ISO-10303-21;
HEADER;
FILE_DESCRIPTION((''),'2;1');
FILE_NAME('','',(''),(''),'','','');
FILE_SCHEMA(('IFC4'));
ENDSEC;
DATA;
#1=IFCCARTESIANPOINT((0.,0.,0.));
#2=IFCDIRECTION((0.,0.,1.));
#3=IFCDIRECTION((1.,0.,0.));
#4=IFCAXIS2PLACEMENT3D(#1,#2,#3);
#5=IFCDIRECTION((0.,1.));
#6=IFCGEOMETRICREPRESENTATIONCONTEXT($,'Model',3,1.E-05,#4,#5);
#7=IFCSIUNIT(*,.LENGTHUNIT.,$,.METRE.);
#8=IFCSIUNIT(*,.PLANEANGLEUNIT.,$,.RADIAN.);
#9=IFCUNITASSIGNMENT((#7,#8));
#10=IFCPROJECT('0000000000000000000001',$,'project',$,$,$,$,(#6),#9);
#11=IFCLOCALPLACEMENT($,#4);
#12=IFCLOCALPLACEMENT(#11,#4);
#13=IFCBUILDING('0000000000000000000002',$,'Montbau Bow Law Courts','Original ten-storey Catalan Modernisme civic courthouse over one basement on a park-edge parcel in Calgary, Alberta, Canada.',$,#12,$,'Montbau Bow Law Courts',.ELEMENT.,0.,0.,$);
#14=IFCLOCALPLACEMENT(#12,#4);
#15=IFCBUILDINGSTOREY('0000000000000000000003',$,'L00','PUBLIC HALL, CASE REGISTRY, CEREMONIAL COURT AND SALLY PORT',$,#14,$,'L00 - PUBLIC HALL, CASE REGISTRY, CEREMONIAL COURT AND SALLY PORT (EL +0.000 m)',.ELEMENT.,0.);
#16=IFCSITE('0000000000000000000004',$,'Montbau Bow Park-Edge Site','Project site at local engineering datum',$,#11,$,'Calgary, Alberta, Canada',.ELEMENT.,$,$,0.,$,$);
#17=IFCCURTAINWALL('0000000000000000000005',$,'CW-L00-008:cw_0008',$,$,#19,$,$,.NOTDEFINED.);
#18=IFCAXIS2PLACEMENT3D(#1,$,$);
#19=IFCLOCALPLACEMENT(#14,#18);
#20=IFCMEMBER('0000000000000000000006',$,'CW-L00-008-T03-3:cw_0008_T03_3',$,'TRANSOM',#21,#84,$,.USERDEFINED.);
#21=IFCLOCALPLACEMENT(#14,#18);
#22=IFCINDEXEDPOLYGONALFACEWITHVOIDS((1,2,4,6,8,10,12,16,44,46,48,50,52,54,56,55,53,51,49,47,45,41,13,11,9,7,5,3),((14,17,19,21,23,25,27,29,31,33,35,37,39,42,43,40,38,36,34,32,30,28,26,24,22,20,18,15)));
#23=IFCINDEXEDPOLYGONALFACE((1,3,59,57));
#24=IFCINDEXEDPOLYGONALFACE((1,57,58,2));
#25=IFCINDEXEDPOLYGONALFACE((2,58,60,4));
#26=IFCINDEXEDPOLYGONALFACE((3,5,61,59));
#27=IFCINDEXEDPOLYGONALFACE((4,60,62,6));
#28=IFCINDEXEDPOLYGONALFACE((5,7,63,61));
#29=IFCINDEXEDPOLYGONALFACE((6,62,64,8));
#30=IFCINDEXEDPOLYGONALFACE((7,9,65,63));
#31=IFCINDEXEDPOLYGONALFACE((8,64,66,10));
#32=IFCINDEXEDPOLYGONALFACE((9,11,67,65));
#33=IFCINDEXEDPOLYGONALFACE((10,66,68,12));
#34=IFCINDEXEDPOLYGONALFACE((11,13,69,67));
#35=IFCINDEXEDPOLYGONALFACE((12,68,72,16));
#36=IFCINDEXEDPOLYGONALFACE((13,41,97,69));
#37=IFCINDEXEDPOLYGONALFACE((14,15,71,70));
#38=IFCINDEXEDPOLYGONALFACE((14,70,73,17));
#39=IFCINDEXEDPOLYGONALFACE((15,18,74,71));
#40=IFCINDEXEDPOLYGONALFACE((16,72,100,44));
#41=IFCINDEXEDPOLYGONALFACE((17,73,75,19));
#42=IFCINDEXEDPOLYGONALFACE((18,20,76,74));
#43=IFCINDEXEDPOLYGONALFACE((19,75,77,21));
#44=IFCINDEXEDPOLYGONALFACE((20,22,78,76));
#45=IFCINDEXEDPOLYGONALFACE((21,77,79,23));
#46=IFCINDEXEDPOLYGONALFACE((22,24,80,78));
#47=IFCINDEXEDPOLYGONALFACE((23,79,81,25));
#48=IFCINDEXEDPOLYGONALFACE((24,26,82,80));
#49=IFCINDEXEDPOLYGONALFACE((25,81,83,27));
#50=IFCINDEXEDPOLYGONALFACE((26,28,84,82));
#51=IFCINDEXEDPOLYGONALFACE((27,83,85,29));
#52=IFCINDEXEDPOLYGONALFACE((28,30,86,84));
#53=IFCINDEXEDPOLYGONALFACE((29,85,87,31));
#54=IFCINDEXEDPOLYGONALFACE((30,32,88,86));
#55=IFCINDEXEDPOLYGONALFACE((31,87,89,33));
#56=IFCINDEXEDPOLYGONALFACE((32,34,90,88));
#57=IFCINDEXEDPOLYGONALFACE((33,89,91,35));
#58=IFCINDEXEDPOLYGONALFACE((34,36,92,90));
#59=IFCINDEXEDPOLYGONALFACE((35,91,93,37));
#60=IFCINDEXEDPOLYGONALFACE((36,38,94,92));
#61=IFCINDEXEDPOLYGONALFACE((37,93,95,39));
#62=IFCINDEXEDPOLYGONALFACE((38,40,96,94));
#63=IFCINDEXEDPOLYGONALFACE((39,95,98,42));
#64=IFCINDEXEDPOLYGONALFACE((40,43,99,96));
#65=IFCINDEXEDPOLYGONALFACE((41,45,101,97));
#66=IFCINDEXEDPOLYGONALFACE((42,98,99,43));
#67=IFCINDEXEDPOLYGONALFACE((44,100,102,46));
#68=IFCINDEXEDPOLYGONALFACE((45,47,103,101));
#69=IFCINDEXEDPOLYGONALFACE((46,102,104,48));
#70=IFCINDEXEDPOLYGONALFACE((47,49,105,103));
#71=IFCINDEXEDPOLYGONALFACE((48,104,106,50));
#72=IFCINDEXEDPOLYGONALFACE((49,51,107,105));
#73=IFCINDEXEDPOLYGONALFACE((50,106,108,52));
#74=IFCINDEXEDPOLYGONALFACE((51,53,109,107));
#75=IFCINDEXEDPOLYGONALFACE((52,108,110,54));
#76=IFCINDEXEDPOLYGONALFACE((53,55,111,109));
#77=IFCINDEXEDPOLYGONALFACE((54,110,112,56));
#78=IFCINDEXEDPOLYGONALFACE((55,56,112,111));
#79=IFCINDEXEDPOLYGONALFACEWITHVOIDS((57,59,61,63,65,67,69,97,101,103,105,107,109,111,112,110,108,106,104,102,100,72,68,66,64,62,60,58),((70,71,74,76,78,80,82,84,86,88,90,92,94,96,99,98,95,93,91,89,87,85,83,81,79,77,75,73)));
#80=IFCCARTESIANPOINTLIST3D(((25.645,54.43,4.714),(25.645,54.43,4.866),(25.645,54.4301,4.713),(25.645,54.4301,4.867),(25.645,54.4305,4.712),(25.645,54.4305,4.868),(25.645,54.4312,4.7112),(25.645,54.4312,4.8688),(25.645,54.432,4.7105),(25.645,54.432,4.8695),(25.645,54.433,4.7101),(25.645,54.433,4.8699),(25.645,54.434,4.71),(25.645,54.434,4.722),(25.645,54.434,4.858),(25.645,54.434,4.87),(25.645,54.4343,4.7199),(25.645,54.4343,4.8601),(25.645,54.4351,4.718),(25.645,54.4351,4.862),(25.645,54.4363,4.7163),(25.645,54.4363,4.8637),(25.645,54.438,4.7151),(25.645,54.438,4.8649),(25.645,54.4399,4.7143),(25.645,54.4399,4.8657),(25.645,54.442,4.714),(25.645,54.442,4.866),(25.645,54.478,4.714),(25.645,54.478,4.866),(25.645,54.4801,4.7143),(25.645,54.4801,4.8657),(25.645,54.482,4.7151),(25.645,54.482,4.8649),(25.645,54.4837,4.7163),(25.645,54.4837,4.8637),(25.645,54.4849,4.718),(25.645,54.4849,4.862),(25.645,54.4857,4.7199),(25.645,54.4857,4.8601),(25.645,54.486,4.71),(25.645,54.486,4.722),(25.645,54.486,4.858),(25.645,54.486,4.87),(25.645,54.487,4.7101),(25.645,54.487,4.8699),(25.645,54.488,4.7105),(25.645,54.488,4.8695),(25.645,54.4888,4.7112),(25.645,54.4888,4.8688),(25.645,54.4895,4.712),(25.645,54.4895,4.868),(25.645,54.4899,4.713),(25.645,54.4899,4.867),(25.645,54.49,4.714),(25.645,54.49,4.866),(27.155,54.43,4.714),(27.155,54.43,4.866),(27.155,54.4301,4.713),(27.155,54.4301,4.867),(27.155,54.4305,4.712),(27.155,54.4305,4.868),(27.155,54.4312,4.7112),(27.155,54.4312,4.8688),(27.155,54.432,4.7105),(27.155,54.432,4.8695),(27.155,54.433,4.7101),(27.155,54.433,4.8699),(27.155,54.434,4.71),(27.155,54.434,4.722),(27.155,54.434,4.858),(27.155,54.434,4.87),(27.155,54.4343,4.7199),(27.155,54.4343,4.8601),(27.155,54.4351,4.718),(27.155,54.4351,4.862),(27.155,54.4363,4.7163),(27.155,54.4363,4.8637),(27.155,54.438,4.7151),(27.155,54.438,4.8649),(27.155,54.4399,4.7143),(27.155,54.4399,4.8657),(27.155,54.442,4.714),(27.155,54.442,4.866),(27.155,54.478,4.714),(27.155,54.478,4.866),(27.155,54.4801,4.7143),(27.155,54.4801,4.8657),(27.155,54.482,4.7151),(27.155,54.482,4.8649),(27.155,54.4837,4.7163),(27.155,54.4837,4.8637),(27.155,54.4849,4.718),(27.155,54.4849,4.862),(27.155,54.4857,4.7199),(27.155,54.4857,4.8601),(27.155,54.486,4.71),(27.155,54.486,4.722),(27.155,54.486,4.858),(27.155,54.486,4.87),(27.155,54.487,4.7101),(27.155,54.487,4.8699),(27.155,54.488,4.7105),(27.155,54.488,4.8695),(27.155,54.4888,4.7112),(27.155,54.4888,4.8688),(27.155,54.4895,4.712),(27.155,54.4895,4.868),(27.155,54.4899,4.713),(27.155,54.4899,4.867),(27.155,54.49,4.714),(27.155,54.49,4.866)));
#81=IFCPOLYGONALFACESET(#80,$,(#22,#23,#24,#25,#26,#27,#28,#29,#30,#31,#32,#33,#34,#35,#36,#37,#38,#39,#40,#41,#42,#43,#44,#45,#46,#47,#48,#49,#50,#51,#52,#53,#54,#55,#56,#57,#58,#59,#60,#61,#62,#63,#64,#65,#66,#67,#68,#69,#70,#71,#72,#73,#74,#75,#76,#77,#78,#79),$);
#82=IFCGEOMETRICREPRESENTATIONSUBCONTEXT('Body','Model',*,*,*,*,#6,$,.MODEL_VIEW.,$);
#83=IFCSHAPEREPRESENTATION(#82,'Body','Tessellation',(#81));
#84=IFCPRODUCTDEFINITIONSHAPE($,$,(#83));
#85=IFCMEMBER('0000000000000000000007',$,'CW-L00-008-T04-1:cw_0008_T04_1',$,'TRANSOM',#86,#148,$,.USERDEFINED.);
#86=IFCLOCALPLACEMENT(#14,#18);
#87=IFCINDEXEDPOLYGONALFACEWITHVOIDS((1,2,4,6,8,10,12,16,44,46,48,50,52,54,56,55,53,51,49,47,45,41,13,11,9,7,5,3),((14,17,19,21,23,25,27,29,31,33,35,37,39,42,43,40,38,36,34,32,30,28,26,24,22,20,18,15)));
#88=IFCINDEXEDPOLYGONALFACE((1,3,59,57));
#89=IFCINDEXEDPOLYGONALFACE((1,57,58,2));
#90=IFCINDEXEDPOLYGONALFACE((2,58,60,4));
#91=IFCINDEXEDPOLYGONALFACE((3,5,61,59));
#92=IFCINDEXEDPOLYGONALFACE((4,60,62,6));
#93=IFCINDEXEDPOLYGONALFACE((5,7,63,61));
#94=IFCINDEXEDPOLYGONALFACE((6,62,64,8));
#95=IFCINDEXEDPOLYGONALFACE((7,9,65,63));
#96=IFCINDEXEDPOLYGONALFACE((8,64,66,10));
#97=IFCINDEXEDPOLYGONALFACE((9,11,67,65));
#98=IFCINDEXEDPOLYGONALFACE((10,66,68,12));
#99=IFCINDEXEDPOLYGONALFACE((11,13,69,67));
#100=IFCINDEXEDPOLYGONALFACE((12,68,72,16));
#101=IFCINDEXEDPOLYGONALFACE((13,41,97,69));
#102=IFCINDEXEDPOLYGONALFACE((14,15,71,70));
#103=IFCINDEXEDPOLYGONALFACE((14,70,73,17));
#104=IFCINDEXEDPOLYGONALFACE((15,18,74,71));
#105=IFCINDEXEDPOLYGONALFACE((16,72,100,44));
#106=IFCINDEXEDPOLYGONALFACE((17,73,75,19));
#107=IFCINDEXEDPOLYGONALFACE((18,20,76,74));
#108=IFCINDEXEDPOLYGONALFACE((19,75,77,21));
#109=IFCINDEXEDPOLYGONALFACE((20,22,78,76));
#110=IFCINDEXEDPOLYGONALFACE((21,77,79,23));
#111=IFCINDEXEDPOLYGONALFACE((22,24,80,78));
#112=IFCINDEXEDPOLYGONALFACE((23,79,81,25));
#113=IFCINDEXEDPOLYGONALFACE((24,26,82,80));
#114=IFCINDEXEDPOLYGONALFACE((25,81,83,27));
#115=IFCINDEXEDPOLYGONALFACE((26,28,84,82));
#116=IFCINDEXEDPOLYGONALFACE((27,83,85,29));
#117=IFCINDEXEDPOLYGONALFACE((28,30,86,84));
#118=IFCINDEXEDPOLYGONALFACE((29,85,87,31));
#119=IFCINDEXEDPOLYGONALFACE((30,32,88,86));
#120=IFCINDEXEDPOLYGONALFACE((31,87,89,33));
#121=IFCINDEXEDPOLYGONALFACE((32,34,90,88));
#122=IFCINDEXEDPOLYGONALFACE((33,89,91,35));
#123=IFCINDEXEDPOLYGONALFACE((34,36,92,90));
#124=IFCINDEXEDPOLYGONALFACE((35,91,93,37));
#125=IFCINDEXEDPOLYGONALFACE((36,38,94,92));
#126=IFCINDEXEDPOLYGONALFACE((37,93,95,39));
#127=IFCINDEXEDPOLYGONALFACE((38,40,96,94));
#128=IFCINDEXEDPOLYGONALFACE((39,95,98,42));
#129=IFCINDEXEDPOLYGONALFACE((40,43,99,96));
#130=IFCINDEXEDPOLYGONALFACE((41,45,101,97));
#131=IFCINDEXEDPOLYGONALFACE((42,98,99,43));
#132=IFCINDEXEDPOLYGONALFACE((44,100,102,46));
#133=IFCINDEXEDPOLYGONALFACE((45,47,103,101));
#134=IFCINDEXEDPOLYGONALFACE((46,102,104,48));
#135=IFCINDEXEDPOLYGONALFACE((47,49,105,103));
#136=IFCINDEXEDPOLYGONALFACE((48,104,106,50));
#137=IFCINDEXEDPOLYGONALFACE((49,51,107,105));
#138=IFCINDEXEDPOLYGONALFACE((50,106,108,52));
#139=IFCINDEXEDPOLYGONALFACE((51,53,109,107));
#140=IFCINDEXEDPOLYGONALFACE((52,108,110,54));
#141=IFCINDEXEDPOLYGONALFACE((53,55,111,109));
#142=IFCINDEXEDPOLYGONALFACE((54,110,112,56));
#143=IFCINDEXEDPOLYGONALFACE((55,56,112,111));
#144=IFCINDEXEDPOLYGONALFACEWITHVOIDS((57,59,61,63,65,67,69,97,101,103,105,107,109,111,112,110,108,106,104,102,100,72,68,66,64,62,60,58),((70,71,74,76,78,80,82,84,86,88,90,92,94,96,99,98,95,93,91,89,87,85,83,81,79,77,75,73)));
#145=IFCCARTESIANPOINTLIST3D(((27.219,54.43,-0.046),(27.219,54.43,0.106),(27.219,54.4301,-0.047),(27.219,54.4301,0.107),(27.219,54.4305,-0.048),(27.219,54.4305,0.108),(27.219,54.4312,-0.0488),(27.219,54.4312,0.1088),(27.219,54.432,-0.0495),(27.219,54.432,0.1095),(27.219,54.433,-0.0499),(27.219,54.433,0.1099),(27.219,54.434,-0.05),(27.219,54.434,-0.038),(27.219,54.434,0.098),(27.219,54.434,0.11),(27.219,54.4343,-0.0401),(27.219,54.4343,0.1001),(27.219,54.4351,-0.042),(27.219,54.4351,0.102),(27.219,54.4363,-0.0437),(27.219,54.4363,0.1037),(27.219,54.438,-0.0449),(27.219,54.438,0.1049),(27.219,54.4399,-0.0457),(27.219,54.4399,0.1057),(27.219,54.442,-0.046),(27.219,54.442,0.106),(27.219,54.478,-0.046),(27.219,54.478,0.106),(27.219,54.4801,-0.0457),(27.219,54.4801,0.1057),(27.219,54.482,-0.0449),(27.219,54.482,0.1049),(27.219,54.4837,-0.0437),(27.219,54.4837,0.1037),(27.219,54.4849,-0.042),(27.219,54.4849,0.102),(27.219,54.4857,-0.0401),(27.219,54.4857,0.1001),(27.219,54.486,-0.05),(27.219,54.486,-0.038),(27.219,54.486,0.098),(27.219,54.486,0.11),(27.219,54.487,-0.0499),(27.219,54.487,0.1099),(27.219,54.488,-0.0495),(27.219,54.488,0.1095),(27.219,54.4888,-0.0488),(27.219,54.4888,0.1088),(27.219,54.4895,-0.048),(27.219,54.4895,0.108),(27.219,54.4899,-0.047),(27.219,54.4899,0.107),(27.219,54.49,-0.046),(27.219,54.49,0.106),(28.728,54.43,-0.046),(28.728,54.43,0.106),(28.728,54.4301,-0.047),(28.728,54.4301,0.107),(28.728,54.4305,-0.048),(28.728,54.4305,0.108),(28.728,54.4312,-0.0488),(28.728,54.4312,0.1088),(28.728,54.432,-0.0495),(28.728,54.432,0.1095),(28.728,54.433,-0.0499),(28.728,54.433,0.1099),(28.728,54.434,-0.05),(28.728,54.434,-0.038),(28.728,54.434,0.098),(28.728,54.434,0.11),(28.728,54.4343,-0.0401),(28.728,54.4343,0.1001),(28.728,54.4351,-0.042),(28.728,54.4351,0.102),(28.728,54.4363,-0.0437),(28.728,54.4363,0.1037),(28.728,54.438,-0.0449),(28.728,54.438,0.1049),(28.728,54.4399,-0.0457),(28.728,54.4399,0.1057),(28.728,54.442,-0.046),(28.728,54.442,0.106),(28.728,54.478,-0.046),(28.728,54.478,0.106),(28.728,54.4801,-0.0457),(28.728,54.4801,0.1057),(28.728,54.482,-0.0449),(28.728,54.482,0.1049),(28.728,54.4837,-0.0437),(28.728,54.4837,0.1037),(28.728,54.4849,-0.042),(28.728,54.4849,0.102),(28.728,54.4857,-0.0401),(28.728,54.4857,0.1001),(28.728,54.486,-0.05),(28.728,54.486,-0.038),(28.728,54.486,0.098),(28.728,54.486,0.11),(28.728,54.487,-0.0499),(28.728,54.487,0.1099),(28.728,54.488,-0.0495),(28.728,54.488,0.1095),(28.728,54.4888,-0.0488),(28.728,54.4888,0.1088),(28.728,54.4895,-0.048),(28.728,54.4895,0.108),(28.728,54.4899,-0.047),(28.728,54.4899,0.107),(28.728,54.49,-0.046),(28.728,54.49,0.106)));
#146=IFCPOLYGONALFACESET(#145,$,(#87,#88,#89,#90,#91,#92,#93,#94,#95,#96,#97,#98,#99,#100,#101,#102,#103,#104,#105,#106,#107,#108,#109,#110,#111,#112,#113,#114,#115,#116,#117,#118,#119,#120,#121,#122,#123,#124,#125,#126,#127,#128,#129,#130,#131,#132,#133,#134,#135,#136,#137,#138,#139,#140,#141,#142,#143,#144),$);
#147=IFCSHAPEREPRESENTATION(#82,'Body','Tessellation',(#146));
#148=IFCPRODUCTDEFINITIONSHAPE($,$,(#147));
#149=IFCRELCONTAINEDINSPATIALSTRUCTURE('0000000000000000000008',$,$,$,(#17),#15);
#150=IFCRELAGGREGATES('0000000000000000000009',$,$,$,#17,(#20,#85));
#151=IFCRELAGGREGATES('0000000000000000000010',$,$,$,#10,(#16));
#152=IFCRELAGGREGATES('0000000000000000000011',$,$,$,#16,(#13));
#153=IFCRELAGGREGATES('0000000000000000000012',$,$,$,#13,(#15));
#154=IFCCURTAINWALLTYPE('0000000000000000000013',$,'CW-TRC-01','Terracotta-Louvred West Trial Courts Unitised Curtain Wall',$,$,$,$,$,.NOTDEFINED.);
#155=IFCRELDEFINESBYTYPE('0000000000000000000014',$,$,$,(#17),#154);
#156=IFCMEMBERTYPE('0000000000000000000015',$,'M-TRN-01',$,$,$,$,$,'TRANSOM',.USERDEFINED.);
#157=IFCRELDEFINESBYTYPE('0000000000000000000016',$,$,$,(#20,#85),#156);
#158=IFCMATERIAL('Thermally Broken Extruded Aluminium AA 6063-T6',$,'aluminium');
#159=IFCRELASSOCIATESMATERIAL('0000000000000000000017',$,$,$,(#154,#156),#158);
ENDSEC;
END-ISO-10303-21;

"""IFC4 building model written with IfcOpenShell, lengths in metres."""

from ifc_helpers import new_model, si_unit, direction, frame, origin_with_axes, origin_2d_with_axis, place, context, subcontext, project, spatial, hollow_rectangle, extrude, material, material_profile, profile_set, type_object, element, aggregate, save


model = new_model("IFC4")

# Units and contexts
model_context = context("Model", 3, precision=1e-05, world=origin_with_axes(), true_north=direction((0.0, 1.0)))
body_context = subcontext(model_context, "Body", "Model", "MODEL_VIEW")
ifc_project = project(units=[si_unit("LENGTHUNIT", "METRE"), si_unit("PLANEANGLEUNIT", "RADIAN")], contexts=[model_context])

# Site, building, storey
site_placement = place(None, origin_with_axes())
site = spatial("IfcSite", under=ifc_project, at=site_placement, Name="Montbau Bow Park-Edge Site", Description="Project site at local engineering datum", LongName="Calgary, Alberta, Canada", CompositionType="ELEMENT", RefElevation=0.0)
building_placement = place(site_placement, origin_with_axes())
building = spatial("IfcBuilding", under=site, at=building_placement, Name="Montbau Bow Law Courts", Description="Original ten-storey Catalan Modernisme civic courthouse over one basement on a park-edge parcel in Calgary, Alberta, Canada.", LongName="Montbau Bow Law Courts", CompositionType="ELEMENT", ElevationOfRefHeight=0.0, ElevationOfTerrain=0.0)
storey_placement = place(building_placement, origin_with_axes())
storey = spatial("IfcBuildingStorey", under=building, at=storey_placement, Name="L00", Description="PUBLIC HALL, CASE REGISTRY, CEREMONIAL COURT AND SALLY PORT", LongName="L00 - PUBLIC HALL, CASE REGISTRY, CEREMONIAL COURT AND SALLY PORT (EL +0.000 m)", CompositionType="ELEMENT", Elevation=0.0)

# Curtain wall, members
ifc_material_1 = material(Name="Thermally Broken Extruded Aluminium AA 6063-T6", Category="aluminium")
curtain_wall_type = type_object("IfcCurtainWallType", Name="CW-TRC-01", Description="Terracotta-Louvred West Trial Courts Unitised Curtain Wall", PredefinedType="NOTDEFINED", material=ifc_material_1)
curtain_wall_1_placement = place(None, frame((22.467, 54.46, 0.0), z_axis=(0.0, 0.0, 1.0), x_axis=(1.0, 0.0, 0.0)))
curtain_wall_1 = element("IfcCurtainWall", 1, at=curtain_wall_1_placement, inside=storey, type_object=curtain_wall_type, Name="CW-L00-008:cw_0008", PredefinedType="NOTDEFINED")
ifc_material_profile_1 = material_profile(ifc_material_1, hollow_rectangle(XDim=0.06, YDim=0.16, WallThickness=0.004, InnerFilletRadius=0.008, OuterFilletRadius=0.004, at=origin_2d_with_axis()), Name="CWT-160X60", Category="Main", Priority=0)
ifc_profile_set_1 = profile_set([ifc_material_profile_1], Name="Thermally Broken Extruded Aluminium AA 6063-T6")
member_type_1 = type_object("IfcMemberType", Name="M-TRN-01", ElementType="TRANSOM", PredefinedType="USERDEFINED", material=ifc_profile_set_1)
member_1_placement = place(None, frame((25.645, 54.46, 4.79), z_axis=(1.0, 0.0, 0.0), x_axis=(0.0, 1.0, 0.0)))
member_1 = element("IfcMember", 2, at=member_1_placement, type_object=member_type_1, Name="CW-L00-008-T03-3:cw_0008_T03_3", ObjectType="TRANSOM", PredefinedType="USERDEFINED", context=body_context, shape_type="SweptSolid", body=[
    extrude(hollow_rectangle(XDim=0.06, YDim=0.16, WallThickness=0.004, InnerFilletRadius=0.008, OuterFilletRadius=0.004, at=origin_2d_with_axis()), origin_with_axes(), (0.0, 0.0, 1.0), 1.51),
])
member_2_placement = place(None, frame((27.219, 54.46, 0.03), z_axis=(1.0, 0.0, 0.0), x_axis=(0.0, 1.0, 0.0)))
member_2 = element("IfcMember", 3, at=member_2_placement, type_object=member_type_1, Name="CW-L00-008-T04-1:cw_0008_T04_1", ObjectType="TRANSOM", PredefinedType="USERDEFINED", context=body_context, shape_type="SweptSolid", body=[
    extrude(hollow_rectangle(XDim=0.06, YDim=0.16, WallThickness=0.004, InnerFilletRadius=0.008, OuterFilletRadius=0.004, at=origin_2d_with_axis()), origin_with_axes(), (0.0, 0.0, 1.0), 1.509),
])

aggregate(curtain_wall_1, [member_1, member_2])

save(model, "model.ifc")
